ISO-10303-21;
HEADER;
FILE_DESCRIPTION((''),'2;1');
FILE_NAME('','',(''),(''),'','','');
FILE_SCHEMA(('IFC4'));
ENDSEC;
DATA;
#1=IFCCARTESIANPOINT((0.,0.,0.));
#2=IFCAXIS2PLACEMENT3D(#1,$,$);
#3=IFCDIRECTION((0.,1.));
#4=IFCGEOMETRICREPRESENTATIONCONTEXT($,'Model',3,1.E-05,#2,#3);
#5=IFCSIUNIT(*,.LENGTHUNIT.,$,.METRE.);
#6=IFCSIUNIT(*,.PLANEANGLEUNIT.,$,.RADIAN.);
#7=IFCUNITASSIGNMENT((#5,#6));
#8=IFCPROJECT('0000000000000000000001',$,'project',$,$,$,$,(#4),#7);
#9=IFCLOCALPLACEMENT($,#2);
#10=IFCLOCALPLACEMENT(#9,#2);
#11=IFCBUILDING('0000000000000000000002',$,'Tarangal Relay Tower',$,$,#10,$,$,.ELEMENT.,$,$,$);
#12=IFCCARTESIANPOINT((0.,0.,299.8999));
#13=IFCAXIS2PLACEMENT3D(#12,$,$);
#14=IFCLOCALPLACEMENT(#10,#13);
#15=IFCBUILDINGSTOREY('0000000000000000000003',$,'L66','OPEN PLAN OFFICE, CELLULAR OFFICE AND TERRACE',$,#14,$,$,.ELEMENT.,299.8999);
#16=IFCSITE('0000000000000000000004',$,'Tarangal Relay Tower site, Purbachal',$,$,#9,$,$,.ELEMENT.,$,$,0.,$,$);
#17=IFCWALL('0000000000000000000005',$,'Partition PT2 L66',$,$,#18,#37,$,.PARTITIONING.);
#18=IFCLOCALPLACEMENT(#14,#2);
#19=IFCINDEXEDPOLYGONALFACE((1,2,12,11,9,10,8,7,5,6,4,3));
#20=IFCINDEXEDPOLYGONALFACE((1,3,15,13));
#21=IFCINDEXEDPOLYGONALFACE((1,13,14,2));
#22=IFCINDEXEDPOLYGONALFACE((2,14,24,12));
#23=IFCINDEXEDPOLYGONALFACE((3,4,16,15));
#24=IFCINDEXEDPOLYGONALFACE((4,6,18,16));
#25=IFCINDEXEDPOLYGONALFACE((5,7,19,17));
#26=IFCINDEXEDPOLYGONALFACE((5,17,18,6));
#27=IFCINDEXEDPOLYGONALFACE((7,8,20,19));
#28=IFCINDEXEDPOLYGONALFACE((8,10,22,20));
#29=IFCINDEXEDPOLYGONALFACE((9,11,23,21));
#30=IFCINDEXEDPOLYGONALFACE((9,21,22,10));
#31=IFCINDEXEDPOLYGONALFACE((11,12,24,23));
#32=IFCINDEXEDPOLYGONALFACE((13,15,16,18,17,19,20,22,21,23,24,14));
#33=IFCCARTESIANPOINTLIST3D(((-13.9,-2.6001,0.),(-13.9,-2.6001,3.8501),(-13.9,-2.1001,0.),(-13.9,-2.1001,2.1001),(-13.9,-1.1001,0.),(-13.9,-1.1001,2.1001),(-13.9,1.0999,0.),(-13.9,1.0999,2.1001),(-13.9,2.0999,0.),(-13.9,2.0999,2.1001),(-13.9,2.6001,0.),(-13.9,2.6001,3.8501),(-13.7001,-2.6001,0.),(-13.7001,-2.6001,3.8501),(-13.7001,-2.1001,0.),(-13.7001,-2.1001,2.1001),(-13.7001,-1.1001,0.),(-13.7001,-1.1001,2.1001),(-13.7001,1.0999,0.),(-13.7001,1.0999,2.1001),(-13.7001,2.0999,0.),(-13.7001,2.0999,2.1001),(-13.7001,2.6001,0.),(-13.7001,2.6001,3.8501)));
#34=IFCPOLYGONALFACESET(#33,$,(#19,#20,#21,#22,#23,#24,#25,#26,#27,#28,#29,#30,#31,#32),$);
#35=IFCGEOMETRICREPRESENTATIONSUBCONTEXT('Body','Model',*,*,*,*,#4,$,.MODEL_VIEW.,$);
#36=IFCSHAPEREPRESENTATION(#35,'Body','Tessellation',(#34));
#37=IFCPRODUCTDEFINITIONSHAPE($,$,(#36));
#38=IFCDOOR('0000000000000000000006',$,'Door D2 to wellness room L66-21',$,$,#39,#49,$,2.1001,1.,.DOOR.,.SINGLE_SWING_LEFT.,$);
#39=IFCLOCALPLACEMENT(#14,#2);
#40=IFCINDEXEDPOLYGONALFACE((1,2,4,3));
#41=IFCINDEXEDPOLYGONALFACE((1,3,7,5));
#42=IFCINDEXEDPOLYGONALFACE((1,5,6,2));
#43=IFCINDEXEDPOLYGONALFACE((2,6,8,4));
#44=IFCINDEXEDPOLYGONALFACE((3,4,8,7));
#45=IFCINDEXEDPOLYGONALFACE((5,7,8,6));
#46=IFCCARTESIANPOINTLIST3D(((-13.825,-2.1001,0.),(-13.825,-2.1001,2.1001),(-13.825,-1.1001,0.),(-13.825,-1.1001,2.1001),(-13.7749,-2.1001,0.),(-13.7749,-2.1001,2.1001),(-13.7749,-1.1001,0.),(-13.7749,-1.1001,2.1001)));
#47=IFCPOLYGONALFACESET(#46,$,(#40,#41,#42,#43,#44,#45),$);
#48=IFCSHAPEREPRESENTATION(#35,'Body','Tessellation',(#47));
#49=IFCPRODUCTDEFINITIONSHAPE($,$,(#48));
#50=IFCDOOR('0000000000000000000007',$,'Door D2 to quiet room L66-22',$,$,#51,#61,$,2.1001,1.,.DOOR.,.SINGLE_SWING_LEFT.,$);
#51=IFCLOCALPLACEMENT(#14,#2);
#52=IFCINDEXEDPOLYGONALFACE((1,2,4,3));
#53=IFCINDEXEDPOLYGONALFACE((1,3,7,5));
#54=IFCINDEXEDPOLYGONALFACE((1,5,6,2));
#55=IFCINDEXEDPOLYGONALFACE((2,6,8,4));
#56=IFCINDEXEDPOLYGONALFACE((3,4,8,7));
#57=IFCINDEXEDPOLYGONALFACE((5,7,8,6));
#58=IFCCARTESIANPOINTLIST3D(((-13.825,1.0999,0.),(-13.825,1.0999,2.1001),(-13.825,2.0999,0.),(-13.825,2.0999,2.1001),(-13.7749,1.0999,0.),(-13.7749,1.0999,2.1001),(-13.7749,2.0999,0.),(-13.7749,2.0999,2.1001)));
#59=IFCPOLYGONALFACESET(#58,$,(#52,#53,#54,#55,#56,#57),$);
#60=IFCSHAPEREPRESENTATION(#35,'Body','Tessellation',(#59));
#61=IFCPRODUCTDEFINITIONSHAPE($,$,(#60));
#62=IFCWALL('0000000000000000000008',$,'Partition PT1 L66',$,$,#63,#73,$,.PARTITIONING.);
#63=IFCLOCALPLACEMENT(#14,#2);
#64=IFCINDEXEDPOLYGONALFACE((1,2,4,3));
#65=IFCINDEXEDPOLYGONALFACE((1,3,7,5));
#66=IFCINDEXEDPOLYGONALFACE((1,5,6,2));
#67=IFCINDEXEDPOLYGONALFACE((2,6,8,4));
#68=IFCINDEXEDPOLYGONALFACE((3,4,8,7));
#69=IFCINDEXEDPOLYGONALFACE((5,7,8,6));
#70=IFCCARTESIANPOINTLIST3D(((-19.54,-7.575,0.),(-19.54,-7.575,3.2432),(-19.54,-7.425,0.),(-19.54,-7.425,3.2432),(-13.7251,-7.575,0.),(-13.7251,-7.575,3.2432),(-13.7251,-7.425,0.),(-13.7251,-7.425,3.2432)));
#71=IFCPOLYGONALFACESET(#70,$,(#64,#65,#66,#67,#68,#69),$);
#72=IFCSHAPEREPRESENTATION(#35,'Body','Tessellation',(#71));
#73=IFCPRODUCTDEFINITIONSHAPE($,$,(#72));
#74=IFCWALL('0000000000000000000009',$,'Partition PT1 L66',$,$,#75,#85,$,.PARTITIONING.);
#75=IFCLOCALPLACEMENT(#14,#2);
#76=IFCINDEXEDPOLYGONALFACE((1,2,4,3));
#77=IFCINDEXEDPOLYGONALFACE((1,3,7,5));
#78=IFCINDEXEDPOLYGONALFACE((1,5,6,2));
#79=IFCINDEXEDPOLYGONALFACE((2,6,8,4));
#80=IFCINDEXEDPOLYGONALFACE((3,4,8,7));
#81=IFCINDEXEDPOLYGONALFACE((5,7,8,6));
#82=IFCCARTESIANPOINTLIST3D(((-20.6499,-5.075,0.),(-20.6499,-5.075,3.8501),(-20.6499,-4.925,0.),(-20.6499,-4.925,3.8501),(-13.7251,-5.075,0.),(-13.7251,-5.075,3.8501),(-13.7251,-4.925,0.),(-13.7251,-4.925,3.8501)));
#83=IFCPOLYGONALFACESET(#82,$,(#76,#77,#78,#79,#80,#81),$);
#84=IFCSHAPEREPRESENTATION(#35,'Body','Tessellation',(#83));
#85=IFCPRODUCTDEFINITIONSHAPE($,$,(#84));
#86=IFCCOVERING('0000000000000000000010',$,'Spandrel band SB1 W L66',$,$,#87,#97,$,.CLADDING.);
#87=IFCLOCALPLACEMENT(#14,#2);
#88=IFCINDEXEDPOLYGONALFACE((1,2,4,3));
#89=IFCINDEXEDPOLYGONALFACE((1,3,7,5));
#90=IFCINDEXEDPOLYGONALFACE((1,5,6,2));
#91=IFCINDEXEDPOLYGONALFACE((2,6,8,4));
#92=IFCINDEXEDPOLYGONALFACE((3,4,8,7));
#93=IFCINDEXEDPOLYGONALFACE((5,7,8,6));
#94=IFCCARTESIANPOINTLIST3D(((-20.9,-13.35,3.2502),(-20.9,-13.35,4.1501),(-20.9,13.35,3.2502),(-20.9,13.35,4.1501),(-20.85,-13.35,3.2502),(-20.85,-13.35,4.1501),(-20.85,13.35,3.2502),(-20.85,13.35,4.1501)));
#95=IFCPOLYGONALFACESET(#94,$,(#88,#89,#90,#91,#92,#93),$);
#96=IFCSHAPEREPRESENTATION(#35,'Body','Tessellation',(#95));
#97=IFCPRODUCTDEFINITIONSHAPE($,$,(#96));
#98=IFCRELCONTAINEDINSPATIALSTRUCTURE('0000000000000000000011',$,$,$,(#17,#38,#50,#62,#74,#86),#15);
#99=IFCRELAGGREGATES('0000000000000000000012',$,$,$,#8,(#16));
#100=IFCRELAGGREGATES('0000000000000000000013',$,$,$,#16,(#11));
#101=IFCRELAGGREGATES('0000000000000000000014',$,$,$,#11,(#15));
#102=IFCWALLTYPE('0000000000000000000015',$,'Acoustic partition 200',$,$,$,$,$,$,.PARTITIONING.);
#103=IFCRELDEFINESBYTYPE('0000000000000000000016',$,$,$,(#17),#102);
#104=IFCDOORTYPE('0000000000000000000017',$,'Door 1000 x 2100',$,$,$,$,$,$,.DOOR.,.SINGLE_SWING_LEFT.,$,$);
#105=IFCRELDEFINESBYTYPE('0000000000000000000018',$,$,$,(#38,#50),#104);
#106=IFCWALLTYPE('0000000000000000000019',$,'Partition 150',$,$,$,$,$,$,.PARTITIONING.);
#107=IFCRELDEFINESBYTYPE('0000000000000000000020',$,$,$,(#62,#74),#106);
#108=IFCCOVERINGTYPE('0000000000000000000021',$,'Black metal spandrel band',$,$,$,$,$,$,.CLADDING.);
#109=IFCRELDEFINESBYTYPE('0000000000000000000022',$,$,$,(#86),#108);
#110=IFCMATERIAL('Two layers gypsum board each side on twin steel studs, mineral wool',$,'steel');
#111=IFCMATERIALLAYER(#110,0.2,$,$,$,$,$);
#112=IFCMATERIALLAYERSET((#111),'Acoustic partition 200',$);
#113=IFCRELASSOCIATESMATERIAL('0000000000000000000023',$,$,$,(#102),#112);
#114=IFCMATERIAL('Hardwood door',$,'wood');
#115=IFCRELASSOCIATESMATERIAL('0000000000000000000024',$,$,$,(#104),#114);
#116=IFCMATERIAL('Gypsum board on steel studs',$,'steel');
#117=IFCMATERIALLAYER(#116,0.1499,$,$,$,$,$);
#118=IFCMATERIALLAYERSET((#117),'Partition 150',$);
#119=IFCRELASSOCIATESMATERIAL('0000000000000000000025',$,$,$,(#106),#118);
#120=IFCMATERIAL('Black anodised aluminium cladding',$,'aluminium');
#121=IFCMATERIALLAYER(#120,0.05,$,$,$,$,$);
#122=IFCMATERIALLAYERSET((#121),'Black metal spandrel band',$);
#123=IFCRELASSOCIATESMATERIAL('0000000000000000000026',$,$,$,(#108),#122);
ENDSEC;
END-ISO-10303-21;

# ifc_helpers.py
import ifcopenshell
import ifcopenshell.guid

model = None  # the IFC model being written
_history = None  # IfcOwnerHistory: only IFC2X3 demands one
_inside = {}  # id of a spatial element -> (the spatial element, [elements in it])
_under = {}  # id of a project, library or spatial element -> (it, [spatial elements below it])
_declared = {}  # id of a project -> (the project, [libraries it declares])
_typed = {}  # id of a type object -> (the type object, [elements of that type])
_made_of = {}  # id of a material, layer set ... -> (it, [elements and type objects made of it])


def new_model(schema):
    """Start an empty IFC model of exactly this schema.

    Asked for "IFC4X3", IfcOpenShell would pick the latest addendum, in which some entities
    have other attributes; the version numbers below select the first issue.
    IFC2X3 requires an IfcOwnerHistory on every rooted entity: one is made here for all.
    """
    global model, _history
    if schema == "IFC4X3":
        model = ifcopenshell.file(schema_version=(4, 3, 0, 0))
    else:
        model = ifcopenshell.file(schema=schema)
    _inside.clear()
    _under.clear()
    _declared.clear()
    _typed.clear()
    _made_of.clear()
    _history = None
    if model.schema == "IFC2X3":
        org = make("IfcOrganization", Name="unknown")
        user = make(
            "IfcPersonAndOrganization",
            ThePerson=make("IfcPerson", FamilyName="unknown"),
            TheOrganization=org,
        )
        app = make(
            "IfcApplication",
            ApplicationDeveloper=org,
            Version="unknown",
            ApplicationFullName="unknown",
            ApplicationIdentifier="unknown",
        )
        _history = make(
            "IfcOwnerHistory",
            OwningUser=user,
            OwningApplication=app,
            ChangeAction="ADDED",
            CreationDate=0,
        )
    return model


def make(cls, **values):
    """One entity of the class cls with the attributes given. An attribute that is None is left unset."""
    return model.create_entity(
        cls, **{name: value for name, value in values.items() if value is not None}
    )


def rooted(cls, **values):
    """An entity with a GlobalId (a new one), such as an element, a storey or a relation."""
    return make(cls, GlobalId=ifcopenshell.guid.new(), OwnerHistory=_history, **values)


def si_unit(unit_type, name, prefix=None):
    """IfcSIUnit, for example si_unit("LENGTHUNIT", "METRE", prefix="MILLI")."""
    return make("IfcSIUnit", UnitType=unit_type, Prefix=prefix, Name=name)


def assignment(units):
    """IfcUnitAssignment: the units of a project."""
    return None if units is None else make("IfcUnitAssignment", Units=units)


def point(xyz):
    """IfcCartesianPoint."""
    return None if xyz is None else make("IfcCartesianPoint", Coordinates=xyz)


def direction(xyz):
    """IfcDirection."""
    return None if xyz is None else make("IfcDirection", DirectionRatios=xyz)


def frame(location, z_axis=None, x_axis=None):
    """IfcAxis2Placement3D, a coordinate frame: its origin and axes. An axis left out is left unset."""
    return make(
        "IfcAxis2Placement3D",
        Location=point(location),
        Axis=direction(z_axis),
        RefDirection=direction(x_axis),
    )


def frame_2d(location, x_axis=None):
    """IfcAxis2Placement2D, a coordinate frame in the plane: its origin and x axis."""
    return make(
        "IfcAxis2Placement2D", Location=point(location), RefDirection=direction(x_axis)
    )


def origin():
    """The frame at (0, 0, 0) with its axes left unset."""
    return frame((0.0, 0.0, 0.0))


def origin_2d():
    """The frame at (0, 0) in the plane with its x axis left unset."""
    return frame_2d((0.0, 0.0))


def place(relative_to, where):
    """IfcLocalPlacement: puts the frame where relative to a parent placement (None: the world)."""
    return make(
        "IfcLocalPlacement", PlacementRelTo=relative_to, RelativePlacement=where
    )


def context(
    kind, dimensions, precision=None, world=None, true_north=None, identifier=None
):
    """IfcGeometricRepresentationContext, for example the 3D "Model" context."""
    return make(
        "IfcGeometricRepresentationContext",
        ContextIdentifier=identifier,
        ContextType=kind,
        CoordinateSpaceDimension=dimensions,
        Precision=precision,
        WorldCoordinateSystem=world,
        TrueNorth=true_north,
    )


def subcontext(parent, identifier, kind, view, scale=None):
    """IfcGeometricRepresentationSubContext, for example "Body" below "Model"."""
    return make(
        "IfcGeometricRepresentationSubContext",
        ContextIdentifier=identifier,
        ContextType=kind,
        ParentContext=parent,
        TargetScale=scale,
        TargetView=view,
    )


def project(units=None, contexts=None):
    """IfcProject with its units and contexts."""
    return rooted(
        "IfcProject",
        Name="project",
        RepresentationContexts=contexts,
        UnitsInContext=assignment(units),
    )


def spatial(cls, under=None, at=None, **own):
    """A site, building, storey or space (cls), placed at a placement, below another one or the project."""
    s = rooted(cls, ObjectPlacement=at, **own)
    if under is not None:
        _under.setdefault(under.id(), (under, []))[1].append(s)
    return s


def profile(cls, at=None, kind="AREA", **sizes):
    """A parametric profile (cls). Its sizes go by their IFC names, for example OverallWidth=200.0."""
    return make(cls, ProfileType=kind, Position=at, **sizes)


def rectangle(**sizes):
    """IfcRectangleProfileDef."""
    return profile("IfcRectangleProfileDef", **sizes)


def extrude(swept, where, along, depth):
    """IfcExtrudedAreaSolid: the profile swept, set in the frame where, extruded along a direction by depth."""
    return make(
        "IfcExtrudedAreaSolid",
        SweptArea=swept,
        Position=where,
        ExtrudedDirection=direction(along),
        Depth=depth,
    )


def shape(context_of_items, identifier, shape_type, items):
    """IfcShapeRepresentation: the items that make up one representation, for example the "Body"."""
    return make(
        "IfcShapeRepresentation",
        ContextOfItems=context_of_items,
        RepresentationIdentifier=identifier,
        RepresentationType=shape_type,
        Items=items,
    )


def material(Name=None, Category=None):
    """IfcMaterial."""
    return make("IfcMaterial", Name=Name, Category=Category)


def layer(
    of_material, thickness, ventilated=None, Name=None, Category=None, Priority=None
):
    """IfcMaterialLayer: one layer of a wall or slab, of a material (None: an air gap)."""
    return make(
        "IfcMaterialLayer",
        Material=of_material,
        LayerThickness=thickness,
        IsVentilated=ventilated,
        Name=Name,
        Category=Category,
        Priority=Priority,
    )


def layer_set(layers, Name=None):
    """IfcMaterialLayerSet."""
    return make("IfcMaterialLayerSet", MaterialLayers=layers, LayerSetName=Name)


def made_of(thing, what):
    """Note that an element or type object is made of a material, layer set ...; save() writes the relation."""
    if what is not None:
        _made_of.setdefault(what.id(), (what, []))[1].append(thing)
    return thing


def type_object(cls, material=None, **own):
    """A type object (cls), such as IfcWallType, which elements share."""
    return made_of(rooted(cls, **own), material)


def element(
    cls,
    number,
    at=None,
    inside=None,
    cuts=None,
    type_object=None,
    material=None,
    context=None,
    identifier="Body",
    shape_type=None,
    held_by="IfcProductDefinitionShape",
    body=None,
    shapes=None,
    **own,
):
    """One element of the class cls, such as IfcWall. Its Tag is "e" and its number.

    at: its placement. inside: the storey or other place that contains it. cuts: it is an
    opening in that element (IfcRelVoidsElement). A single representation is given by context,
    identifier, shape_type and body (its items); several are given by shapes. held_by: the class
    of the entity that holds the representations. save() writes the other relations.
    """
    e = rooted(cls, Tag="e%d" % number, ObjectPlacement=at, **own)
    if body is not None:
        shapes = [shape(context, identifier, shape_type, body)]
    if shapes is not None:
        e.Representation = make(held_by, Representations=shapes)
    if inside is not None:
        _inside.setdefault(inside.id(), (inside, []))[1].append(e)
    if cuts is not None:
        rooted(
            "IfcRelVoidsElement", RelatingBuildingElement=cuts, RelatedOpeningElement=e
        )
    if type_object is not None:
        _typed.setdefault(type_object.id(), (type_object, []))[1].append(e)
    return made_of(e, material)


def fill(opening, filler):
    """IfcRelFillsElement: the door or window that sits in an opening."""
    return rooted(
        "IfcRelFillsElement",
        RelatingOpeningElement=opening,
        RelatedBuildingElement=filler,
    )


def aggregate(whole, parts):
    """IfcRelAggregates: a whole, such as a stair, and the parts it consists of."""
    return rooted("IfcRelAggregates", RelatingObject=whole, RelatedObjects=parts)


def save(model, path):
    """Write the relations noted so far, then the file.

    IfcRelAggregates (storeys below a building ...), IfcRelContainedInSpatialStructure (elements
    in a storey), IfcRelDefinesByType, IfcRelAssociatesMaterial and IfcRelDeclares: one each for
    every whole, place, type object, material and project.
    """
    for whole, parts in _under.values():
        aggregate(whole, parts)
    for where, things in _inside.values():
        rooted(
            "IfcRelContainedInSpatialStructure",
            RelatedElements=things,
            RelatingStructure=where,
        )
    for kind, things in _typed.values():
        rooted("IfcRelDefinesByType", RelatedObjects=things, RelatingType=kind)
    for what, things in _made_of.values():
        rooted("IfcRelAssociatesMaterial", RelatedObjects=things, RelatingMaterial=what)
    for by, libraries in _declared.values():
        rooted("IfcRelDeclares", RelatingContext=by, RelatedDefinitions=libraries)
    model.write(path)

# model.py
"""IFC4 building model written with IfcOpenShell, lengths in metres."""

from ifc_helpers import new_model, si_unit, direction, frame, frame_2d, origin, origin_2d, place, context, subcontext, project, spatial, rectangle, extrude, material, layer, layer_set, type_object, element, fill, save


model = new_model("IFC4")

# Units and contexts
model_context = context("Model", 3, precision=1e-05, world=origin(), true_north=direction((0.0, 1.0)))
body_context = subcontext(model_context, "Body", "Model", "MODEL_VIEW")
ifc_project = project(units=[si_unit("LENGTHUNIT", "METRE"), si_unit("PLANEANGLEUNIT", "RADIAN")], contexts=[model_context])

# Site, building, storey
site_placement = place(None, origin())
site = spatial("IfcSite", under=ifc_project, at=site_placement, Name="Tarangal Relay Tower site, Purbachal", CompositionType="ELEMENT", RefElevation=0.0)
building_placement = place(site_placement, origin())
building = spatial("IfcBuilding", under=site, at=building_placement, Name="Tarangal Relay Tower", CompositionType="ELEMENT")
storey_placement = place(building_placement, frame((0.0, 0.0, 299.8999)))
storey = spatial("IfcBuildingStorey", under=building, at=storey_placement, Name="L66", Description="OPEN PLAN OFFICE, CELLULAR OFFICE AND TERRACE", CompositionType="ELEMENT", Elevation=299.8999)

# Shared definitions
ifc_material_1 = material(Name="Two layers gypsum board each side on twin steel studs, mineral wool", Category="steel")
ifc_layer_1 = layer(ifc_material_1, 0.2)
ifc_layer_set_1 = layer_set([ifc_layer_1], Name="Acoustic partition 200")
wall_type_1 = type_object("IfcWallType", Name="Acoustic partition 200", PredefinedType="PARTITIONING", material=ifc_layer_set_1)

# Wall, openings, doors
wall_1_placement = place(storey_placement, frame((-13.8, -2.6001, 0.0), z_axis=(0.0, 0.0, 1.0), x_axis=(0.0, 1.0, 0.0)))
wall_1 = element("IfcWall", 1, at=wall_1_placement, inside=storey, type_object=wall_type_1, Name="Partition PT2 L66", PredefinedType="PARTITIONING", context=body_context, shape_type="SweptSolid", body=[
    extrude(rectangle(XDim=5.2002, YDim=0.2, at=frame_2d((2.6001, 0.0))), origin(), (0.0, 0.0, 1.0), 3.8501),
])
opening_1_placement = place(wall_1_placement, frame((0.5, 0.0, 0.0)))
opening_1 = element("IfcOpeningElement", 2, at=opening_1_placement, cuts=wall_1, PredefinedType="OPENING", context=body_context, shape_type="SweptSolid", body=[
    extrude(rectangle(XDim=1.0, YDim=2.1001, at=frame_2d((0.5, 1.05))), frame((0.0, 0.1099, 0.0), z_axis=(0.0, -1.0, 0.0), x_axis=(1.0, 0.0, 0.0)), (0.0, 0.0, 1.0), 0.22),
])
opening_2_placement = place(wall_1_placement, frame((3.7, 0.0, 0.0)))
opening_2 = element("IfcOpeningElement", 3, at=opening_2_placement, cuts=wall_1, PredefinedType="OPENING", context=body_context, shape_type="SweptSolid", body=[
    extrude(rectangle(XDim=1.0, YDim=2.1001, at=frame_2d((0.5, 1.05))), frame((0.0, 0.1099, 0.0), z_axis=(0.0, -1.0, 0.0), x_axis=(1.0, 0.0, 0.0)), (0.0, 0.0, 1.0), 0.22),
])
ifc_material_2 = material(Name="Hardwood door", Category="wood")
door_type = type_object("IfcDoorType", Name="Door 1000 x 2100", OperationType="SINGLE_SWING_LEFT", PredefinedType="DOOR", material=ifc_material_2)
door_1_placement = place(opening_1_placement, origin())
door_1 = element("IfcDoor", 4, at=door_1_placement, inside=storey, type_object=door_type, Name="Door D2 to wellness room L66-21", OperationType="SINGLE_SWING_LEFT", OverallHeight=2.1001, OverallWidth=1.0, PredefinedType="DOOR", context=body_context, shape_type="SweptSolid", body=[
    extrude(rectangle(XDim=1.0, YDim=2.1001, at=frame_2d((0.5, 1.05))), frame((0.0, 0.0249, 0.0), z_axis=(0.0, -1.0, 0.0), x_axis=(1.0, 0.0, 0.0)), (0.0, 0.0, 1.0), 0.05),
])
fill(opening_1, door_1)
door_2_placement = place(opening_2_placement, origin())
door_2 = element("IfcDoor", 5, at=door_2_placement, inside=storey, type_object=door_type, Name="Door D2 to quiet room L66-22", OperationType="SINGLE_SWING_LEFT", OverallHeight=2.1001, OverallWidth=1.0, PredefinedType="DOOR", context=body_context, shape_type="SweptSolid", body=[
    extrude(rectangle(XDim=1.0, YDim=2.1001, at=frame_2d((0.5, 1.05))), frame((0.0, 0.0249, 0.0), z_axis=(0.0, -1.0, 0.0), x_axis=(1.0, 0.0, 0.0)), (0.0, 0.0, 1.0), 0.05),
])
fill(opening_2, door_2)

# Walls
ifc_material_3 = material(Name="Gypsum board on steel studs", Category="steel")
ifc_layer_2 = layer(ifc_material_3, 0.1499)
ifc_layer_set_2 = layer_set([ifc_layer_2], Name="Partition 150")
wall_type_2 = type_object("IfcWallType", Name="Partition 150", PredefinedType="PARTITIONING", material=ifc_layer_set_2)
wall_2_placement = place(storey_placement, frame((-19.54, -7.5, 0.0), z_axis=(0.0, 0.0, 1.0), x_axis=(1.0, 0.0, 0.0)))
element("IfcWall", 6, at=wall_2_placement, inside=storey, type_object=wall_type_2, Name="Partition PT1 L66", PredefinedType="PARTITIONING", context=body_context, shape_type="SweptSolid", body=[
    extrude(rectangle(XDim=5.8149, YDim=0.1499, at=frame_2d((2.9075, 0.0))), origin(), (0.0, 0.0, 1.0), 3.2432),
])
wall_3_placement = place(storey_placement, frame((-20.6499, -5.0, 0.0), z_axis=(0.0, 0.0, 1.0), x_axis=(1.0, 0.0, 0.0)))
element("IfcWall", 7, at=wall_3_placement, inside=storey, type_object=wall_type_2, Name="Partition PT1 L66", PredefinedType="PARTITIONING", context=body_context, shape_type="SweptSolid", body=[
    extrude(rectangle(XDim=6.9248, YDim=0.1499, at=frame_2d((3.4624, 0.0))), origin(), (0.0, 0.0, 1.0), 3.8501),
])

# Covering
ifc_material_4 = material(Name="Black anodised aluminium cladding", Category="aluminium")
ifc_layer_3 = layer(ifc_material_4, 0.05)
ifc_layer_set_3 = layer_set([ifc_layer_3], Name="Black metal spandrel band")
covering_type = type_object("IfcCoveringType", Name="Black metal spandrel band", PredefinedType="CLADDING", material=ifc_layer_set_3)
covering_placement = place(storey_placement, frame((-20.875, 0.0, 3.2502), z_axis=(0.0, 0.0, 1.0), x_axis=(0.0, 1.0, 0.0)))
element("IfcCovering", 8, at=covering_placement, inside=storey, type_object=covering_type, Name="Spandrel band SB1 W L66", PredefinedType="CLADDING", context=body_context, shape_type="SweptSolid", body=[
    extrude(rectangle(XDim=26.7, YDim=0.05, at=origin_2d()), origin(), (0.0, 0.0, 1.0), 0.8999),
])

save(model, "model.ifc")
